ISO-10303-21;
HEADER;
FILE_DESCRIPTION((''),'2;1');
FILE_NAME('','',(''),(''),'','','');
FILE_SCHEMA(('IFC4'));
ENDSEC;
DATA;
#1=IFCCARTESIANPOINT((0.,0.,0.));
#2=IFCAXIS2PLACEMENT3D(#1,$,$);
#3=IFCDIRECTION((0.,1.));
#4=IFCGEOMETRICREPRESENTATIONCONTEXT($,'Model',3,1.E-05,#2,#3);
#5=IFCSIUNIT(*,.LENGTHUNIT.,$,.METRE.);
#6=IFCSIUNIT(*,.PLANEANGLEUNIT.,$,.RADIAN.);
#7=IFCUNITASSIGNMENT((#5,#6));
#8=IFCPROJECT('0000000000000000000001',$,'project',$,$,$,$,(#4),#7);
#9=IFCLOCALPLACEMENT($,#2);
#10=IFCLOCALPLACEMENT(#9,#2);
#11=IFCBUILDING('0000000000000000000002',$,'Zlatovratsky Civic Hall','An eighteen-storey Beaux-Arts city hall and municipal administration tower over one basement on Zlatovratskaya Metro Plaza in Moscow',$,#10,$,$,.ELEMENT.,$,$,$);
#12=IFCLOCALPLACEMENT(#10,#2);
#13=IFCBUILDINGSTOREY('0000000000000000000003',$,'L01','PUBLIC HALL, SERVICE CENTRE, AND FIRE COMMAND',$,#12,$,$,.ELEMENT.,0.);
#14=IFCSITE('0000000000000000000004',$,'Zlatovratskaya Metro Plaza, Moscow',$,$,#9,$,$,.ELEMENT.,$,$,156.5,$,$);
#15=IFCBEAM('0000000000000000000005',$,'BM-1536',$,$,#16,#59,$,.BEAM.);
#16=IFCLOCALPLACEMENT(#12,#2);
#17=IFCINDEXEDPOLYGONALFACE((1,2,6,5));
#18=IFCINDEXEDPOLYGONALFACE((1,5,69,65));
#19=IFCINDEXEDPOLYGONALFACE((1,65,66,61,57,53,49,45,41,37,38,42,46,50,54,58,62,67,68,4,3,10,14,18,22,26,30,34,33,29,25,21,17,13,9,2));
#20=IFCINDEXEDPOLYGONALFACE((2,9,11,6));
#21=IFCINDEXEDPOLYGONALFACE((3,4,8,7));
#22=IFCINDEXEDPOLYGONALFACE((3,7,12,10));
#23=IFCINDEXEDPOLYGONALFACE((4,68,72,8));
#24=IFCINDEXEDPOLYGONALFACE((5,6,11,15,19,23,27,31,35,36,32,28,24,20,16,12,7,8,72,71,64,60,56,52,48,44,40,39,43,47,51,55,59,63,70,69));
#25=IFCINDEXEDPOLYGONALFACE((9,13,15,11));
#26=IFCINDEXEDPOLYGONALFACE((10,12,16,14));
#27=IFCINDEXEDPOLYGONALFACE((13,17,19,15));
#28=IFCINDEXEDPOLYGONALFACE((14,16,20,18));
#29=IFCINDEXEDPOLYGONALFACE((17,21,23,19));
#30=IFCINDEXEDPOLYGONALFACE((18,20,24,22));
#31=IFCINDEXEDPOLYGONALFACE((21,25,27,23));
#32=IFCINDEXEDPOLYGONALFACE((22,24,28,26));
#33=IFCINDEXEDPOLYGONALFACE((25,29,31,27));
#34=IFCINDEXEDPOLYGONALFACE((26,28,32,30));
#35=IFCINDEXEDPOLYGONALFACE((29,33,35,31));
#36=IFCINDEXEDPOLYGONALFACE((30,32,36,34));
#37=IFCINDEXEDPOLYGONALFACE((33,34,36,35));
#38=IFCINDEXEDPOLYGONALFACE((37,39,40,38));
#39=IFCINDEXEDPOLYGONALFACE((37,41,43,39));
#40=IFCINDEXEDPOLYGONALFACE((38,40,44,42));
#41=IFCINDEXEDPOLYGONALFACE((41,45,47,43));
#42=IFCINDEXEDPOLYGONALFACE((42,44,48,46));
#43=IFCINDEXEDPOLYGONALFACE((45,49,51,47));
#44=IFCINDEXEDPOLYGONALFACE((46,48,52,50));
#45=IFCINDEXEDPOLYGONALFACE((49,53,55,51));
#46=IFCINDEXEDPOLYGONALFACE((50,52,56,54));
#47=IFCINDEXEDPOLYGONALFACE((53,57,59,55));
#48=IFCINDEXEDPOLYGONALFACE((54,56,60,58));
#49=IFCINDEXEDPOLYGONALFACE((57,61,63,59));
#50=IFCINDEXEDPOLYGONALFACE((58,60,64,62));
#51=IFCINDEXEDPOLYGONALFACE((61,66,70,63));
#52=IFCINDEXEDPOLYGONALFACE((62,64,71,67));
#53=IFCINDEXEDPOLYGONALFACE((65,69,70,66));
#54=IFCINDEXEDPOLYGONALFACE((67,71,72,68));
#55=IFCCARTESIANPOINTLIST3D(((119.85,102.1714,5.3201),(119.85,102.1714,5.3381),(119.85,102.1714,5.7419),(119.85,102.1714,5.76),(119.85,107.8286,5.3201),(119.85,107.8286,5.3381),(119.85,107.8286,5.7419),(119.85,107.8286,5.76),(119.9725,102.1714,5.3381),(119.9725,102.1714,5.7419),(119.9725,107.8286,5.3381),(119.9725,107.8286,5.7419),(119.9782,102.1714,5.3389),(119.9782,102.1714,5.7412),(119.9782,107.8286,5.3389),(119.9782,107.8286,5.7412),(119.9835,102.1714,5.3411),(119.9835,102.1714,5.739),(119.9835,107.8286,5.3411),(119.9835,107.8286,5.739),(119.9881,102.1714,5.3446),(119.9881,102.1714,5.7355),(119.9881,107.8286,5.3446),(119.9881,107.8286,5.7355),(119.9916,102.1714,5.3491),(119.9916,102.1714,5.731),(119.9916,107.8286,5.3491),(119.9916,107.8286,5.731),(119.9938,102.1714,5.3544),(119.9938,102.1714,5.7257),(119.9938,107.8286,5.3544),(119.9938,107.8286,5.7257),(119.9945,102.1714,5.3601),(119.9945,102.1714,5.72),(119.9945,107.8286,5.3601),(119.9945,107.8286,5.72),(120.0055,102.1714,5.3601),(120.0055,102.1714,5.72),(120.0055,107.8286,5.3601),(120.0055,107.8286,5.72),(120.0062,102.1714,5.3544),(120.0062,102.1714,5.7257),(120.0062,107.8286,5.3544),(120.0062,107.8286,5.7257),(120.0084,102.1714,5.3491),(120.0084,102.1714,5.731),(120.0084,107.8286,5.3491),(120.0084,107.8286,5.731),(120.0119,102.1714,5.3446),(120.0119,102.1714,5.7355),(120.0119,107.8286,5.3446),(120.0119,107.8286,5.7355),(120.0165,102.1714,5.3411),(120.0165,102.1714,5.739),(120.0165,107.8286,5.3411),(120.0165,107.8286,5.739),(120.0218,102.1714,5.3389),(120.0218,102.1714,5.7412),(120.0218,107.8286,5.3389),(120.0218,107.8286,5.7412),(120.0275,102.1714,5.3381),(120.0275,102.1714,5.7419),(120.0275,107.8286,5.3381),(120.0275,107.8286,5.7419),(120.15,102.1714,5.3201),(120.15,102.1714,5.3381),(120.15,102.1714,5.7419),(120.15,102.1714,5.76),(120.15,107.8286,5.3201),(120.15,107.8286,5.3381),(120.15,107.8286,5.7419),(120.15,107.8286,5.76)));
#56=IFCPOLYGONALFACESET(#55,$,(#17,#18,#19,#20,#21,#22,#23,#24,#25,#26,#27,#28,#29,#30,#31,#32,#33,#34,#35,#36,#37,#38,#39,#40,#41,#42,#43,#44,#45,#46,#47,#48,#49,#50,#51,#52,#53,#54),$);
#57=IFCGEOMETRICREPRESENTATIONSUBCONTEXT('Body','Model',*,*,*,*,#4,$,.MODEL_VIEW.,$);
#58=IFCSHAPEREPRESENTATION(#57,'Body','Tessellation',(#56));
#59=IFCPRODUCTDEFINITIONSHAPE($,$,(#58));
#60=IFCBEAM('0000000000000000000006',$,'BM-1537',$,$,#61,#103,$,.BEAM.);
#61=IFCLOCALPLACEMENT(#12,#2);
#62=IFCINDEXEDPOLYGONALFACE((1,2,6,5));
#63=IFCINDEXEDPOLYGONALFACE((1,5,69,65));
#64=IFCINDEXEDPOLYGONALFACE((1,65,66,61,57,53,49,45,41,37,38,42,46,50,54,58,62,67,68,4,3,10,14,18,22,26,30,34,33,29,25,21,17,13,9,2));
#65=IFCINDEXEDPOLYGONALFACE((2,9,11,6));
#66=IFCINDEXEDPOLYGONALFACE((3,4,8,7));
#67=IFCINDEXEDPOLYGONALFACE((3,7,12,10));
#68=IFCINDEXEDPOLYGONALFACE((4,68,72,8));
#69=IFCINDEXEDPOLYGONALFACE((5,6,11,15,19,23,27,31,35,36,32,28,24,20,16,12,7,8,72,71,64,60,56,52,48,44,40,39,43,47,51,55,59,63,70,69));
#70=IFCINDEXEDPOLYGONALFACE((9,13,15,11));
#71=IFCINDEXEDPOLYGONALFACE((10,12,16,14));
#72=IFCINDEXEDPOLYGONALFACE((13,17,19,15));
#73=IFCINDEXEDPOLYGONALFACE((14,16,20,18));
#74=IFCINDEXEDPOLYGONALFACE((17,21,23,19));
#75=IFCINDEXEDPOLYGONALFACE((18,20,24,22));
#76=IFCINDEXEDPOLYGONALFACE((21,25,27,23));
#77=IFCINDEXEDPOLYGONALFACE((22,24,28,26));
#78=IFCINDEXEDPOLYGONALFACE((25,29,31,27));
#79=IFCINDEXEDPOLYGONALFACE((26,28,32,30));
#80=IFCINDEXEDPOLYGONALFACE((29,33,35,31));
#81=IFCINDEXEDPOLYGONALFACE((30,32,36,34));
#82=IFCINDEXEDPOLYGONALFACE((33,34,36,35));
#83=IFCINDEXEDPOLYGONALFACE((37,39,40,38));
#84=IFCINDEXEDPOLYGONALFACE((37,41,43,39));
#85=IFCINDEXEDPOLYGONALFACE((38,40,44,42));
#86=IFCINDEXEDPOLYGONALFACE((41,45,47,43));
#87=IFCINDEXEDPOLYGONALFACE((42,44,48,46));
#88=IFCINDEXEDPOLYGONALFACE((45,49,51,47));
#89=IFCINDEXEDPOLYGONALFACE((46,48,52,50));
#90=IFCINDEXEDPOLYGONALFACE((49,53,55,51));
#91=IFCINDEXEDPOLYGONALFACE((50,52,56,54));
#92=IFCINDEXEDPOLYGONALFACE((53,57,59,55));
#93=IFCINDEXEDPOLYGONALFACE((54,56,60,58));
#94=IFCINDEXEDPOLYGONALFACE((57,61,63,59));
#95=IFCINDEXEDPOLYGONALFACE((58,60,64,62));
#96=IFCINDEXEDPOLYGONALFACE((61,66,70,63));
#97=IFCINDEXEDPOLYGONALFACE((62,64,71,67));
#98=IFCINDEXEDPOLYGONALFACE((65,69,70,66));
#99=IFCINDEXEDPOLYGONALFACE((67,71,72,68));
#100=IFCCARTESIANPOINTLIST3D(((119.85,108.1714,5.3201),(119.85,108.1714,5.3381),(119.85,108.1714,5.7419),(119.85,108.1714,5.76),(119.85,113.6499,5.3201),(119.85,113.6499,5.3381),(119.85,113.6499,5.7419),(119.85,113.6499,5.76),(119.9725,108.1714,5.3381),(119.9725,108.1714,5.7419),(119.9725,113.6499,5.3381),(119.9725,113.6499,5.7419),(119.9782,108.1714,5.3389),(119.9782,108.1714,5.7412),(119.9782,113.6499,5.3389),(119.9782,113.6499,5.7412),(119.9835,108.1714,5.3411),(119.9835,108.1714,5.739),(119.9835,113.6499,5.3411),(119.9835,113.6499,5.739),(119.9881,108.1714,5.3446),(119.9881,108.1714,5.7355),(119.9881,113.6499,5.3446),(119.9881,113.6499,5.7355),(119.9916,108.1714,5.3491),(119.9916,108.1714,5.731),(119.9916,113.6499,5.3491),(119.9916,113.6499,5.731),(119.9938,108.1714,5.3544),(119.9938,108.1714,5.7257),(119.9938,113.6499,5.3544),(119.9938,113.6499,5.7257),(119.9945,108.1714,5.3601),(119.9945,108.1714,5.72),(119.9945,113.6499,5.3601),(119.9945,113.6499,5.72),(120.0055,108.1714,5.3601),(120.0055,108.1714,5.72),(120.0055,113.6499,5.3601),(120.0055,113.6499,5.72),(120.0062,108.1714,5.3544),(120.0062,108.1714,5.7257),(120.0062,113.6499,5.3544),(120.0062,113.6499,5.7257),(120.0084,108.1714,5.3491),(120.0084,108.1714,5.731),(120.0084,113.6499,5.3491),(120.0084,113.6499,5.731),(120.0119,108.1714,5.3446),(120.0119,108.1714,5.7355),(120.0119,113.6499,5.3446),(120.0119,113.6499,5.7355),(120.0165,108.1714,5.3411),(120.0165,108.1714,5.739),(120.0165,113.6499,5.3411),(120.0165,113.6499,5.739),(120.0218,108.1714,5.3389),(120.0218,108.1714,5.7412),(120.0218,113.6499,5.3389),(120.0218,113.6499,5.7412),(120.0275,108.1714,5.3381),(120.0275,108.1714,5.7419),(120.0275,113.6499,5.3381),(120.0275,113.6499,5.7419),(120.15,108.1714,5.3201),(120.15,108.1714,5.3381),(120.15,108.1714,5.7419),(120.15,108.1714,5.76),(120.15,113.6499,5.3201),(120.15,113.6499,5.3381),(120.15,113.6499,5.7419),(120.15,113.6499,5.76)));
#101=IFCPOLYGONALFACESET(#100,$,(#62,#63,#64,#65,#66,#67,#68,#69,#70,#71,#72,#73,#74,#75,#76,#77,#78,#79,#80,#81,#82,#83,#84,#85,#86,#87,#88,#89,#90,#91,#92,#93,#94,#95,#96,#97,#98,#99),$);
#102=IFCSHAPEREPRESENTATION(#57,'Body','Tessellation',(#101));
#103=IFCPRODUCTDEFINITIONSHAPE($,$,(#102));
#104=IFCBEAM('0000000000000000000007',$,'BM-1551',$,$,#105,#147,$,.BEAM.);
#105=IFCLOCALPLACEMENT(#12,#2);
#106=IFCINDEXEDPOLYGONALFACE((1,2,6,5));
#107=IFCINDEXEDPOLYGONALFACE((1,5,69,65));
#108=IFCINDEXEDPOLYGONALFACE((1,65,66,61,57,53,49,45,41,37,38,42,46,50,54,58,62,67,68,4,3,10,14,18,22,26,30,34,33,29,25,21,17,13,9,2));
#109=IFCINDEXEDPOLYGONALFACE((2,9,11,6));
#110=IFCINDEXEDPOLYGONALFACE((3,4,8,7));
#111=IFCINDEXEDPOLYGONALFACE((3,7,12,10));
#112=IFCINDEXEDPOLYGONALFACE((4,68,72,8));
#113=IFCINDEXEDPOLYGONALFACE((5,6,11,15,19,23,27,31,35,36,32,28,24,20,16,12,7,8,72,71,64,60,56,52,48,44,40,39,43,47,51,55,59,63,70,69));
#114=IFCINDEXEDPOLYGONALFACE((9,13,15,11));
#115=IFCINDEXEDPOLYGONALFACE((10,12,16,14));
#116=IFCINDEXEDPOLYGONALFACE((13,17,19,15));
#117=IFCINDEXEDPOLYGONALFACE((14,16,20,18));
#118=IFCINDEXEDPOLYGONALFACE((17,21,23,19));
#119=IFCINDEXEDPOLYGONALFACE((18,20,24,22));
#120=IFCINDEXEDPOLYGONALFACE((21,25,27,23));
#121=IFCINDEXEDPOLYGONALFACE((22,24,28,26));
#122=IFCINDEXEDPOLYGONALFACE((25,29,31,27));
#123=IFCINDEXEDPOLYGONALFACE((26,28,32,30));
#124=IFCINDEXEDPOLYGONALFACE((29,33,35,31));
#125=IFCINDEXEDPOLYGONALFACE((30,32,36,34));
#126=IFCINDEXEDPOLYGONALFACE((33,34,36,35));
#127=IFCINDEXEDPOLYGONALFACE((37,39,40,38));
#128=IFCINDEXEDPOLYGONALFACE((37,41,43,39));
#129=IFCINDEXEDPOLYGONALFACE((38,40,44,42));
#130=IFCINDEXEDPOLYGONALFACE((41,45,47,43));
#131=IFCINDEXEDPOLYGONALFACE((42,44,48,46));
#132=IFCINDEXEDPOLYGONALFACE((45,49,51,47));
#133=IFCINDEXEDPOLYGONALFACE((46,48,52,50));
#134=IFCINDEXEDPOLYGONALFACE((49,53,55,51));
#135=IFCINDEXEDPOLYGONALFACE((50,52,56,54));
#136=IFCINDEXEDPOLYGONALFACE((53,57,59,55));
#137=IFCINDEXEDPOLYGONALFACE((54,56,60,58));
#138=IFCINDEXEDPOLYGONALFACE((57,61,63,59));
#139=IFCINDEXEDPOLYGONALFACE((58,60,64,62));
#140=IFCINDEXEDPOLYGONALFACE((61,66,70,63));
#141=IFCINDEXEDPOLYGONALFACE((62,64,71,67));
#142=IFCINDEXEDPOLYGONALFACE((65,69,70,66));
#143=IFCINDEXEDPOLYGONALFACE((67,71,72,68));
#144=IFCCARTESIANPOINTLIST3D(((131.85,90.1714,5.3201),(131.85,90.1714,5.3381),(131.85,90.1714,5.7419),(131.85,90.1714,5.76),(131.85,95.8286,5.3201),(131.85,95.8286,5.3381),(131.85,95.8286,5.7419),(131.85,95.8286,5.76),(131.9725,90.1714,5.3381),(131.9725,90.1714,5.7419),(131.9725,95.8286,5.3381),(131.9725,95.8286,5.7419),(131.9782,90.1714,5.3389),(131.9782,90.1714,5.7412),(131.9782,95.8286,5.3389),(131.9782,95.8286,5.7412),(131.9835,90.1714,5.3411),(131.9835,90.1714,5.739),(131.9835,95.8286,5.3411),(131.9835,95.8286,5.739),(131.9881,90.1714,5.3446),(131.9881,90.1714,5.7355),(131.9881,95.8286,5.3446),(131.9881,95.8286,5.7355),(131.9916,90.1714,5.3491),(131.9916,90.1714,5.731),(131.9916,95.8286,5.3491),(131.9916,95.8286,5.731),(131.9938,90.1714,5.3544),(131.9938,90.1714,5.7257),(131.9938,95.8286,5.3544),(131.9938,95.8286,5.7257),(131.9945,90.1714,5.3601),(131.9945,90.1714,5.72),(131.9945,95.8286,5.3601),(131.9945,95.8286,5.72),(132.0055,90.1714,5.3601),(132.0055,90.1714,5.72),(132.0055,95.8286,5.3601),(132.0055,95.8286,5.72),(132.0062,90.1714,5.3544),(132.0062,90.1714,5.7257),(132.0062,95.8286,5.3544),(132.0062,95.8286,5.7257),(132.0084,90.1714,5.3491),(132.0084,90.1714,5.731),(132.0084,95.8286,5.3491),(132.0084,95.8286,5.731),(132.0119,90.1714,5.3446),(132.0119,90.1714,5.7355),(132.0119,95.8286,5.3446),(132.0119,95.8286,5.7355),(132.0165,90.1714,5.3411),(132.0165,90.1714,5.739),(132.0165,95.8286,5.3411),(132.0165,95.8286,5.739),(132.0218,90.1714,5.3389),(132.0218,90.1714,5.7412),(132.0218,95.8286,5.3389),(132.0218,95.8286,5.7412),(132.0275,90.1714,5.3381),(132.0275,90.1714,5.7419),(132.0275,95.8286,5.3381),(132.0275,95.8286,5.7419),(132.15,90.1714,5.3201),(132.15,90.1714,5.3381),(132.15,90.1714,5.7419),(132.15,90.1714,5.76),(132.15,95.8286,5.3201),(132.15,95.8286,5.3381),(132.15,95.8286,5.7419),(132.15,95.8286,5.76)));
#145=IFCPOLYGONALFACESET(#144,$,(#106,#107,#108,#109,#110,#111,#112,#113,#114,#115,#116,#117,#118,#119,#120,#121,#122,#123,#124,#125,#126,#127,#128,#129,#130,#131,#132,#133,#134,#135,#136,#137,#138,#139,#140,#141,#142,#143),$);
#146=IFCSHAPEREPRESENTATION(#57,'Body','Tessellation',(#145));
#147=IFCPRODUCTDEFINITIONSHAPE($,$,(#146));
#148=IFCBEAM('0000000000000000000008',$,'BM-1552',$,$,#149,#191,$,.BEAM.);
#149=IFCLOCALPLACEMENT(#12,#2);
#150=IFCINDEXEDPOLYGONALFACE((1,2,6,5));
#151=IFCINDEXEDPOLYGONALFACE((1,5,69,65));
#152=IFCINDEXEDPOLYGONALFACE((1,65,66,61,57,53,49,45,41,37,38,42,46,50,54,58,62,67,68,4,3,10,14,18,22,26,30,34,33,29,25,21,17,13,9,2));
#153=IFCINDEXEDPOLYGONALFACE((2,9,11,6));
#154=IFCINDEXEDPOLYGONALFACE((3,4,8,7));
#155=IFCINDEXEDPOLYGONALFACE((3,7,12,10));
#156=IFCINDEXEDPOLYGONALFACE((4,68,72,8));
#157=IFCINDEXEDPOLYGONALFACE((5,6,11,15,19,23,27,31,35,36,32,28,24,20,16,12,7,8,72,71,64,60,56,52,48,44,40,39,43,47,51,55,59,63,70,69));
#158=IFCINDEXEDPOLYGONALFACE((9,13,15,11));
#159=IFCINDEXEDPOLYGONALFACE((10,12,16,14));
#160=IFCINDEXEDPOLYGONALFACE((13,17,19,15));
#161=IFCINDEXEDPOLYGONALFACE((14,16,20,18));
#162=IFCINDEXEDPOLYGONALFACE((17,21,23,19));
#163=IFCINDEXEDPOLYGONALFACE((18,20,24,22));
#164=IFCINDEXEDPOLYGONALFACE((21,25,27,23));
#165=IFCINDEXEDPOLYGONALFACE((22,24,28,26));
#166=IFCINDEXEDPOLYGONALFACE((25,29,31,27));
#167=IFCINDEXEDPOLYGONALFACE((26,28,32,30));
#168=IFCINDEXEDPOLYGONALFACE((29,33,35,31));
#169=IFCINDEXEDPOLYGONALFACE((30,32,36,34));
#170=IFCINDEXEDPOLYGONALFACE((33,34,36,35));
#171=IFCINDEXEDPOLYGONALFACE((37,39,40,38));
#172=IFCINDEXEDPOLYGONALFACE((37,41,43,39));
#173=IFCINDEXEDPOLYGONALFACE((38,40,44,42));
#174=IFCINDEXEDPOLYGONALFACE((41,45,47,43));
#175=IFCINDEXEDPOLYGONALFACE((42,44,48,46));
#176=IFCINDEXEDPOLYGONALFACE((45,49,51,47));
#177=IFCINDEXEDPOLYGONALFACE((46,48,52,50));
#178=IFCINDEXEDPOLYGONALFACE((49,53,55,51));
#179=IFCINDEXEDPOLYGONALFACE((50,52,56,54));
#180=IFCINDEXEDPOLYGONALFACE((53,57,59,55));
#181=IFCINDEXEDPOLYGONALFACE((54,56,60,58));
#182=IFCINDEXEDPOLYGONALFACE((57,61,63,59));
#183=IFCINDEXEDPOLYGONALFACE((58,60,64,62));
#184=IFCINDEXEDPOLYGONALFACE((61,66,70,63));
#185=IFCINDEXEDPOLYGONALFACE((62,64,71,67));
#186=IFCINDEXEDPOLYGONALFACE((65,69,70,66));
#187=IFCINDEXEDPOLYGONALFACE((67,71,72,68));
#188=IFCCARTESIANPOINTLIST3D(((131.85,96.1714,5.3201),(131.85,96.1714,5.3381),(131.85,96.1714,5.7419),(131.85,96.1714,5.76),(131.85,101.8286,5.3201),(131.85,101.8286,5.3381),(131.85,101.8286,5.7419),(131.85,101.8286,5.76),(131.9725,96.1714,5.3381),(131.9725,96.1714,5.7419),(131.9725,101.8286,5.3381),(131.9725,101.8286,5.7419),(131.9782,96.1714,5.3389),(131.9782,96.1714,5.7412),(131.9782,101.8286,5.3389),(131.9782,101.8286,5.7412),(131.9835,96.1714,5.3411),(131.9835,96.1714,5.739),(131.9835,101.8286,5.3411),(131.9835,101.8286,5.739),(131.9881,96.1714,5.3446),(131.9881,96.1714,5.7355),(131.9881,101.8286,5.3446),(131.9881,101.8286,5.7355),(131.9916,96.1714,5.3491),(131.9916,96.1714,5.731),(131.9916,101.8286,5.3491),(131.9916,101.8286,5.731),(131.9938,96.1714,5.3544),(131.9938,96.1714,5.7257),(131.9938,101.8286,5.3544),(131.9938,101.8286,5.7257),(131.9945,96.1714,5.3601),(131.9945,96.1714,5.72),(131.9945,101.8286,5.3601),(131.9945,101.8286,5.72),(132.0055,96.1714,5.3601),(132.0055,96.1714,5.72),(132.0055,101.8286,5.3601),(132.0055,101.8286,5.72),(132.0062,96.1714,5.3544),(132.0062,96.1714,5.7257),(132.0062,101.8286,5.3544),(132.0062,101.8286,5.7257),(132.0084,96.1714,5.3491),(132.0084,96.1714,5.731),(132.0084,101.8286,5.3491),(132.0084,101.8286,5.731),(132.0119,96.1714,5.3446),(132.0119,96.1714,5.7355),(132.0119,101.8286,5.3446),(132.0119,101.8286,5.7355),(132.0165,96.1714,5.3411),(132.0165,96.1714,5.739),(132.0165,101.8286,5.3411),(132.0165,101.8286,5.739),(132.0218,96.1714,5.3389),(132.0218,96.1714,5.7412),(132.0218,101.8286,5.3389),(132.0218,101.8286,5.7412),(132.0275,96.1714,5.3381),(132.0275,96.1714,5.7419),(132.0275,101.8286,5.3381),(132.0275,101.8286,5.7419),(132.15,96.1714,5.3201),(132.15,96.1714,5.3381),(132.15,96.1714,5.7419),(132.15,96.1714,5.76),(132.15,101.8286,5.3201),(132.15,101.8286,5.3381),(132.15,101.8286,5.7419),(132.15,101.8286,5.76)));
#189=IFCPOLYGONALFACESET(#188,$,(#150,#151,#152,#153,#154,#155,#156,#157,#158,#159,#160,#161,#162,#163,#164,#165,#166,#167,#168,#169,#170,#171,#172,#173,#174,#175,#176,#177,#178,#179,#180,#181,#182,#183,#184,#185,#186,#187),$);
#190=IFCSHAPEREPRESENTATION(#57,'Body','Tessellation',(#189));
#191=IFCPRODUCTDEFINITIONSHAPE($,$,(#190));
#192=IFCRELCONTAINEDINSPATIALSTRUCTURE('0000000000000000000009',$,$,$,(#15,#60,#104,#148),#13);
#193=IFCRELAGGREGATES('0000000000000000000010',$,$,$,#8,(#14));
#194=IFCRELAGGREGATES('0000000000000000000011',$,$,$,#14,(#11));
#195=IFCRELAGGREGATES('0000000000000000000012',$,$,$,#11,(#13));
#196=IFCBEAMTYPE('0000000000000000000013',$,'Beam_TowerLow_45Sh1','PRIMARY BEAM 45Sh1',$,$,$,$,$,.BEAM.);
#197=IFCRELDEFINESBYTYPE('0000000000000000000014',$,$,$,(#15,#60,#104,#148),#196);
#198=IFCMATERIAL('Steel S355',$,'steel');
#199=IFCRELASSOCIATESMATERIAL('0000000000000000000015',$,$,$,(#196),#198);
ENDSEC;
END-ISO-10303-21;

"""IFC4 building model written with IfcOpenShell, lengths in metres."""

from ifc_helpers import new_model, si_unit, direction, frame, origin, origin_2d, place, context, subcontext, project, spatial, i_section, extrude, material, material_profile, profile_set, type_object, element, save


model = new_model("IFC4")

# Units and contexts
model_context = context("Model", 3, precision=1e-05, world=origin(), true_north=direction((0.0, 1.0)))
body_context = subcontext(model_context, "Body", "Model", "MODEL_VIEW")
ifc_project = project(units=[si_unit("LENGTHUNIT", "METRE"), si_unit("PLANEANGLEUNIT", "RADIAN")], contexts=[model_context])

# Site, building, storey
site_placement = place(None, origin())
site = spatial("IfcSite", under=ifc_project, at=site_placement, Name="Zlatovratskaya Metro Plaza, Moscow", CompositionType="ELEMENT", RefElevation=156.5)
building_placement = place(site_placement, origin())
building = spatial("IfcBuilding", under=site, at=building_placement, Name="Zlatovratsky Civic Hall", Description="An eighteen-storey Beaux-Arts city hall and municipal administration tower over one basement on Zlatovratskaya Metro Plaza in Moscow", CompositionType="ELEMENT")
storey_placement = place(building_placement, origin())
storey = spatial("IfcBuildingStorey", under=building, at=storey_placement, Name="L01", Description="PUBLIC HALL, SERVICE CENTRE, AND FIRE COMMAND", CompositionType="ELEMENT", Elevation=0.0)

# Shared definitions
ifc_material_1 = material(Name="Steel S355", Category="steel")

# Beams
ifc_material_profile_1 = material_profile(ifc_material_1, i_section(OverallWidth=0.3, OverallDepth=0.4399, WebThickness=0.011, FlangeThickness=0.0181, FilletRadius=0.022, at=origin_2d()), Name="45Sh1")
ifc_profile_set_1 = profile_set([ifc_material_profile_1], Name="Steel S355")
beam_type_1 = type_object("IfcBeamType", Name="Beam_TowerLow_45Sh1", Description="PRIMARY BEAM 45Sh1", PredefinedType="BEAM", material=ifc_profile_set_1)
for number, where, z_axis, x_axis, name in (
    (1, (120.0, 102.1714, 5.54), (0.0, 1.0, 0.0), (-1.0, 0.0, 0.0), "BM-1536"),
):
    element("IfcBeam", number, at=place(storey_placement, frame(where, z_axis=z_axis, x_axis=x_axis)), inside=storey, type_object=beam_type_1, Name=name, PredefinedType="BEAM", context=body_context, shape_type="SweptSolid", body=[
        extrude(i_section(OverallWidth=0.3, OverallDepth=0.4399, WebThickness=0.011, FlangeThickness=0.0181, FilletRadius=0.022, at=origin_2d()), origin(), (0.0, 0.0, 1.0), 5.6572),
    ])
beam_1_placement = place(storey_placement, frame((120.0, 108.1714, 5.54), z_axis=(0.0, 1.0, 0.0), x_axis=(-1.0, 0.0, 0.0)))
element("IfcBeam", 2, at=beam_1_placement, inside=storey, type_object=beam_type_1, Name="BM-1537", PredefinedType="BEAM", context=body_context, shape_type="SweptSolid", body=[
    extrude(i_section(OverallWidth=0.3, OverallDepth=0.4399, WebThickness=0.011, FlangeThickness=0.0181, FilletRadius=0.022, at=origin_2d()), origin(), (0.0, 0.0, 1.0), 5.4785),
])
for number, where, z_axis, x_axis, name in (
    (3, (132.0, 90.1714, 5.54), (0.0, 1.0, 0.0), (-1.0, 0.0, 0.0), "BM-1551"),
    (4, (132.0, 96.1714, 5.54), (0.0, 1.0, 0.0), (-1.0, 0.0, 0.0), "BM-1552"),
):
    element("IfcBeam", number, at=place(storey_placement, frame(where, z_axis=z_axis, x_axis=x_axis)), inside=storey, type_object=beam_type_1, Name=name, PredefinedType="BEAM", context=body_context, shape_type="SweptSolid", body=[
        extrude(i_section(OverallWidth=0.3, OverallDepth=0.4399, WebThickness=0.011, FlangeThickness=0.0181, FilletRadius=0.022, at=origin_2d()), origin(), (0.0, 0.0, 1.0), 5.6572),
    ])

save(model, "model.ifc")
